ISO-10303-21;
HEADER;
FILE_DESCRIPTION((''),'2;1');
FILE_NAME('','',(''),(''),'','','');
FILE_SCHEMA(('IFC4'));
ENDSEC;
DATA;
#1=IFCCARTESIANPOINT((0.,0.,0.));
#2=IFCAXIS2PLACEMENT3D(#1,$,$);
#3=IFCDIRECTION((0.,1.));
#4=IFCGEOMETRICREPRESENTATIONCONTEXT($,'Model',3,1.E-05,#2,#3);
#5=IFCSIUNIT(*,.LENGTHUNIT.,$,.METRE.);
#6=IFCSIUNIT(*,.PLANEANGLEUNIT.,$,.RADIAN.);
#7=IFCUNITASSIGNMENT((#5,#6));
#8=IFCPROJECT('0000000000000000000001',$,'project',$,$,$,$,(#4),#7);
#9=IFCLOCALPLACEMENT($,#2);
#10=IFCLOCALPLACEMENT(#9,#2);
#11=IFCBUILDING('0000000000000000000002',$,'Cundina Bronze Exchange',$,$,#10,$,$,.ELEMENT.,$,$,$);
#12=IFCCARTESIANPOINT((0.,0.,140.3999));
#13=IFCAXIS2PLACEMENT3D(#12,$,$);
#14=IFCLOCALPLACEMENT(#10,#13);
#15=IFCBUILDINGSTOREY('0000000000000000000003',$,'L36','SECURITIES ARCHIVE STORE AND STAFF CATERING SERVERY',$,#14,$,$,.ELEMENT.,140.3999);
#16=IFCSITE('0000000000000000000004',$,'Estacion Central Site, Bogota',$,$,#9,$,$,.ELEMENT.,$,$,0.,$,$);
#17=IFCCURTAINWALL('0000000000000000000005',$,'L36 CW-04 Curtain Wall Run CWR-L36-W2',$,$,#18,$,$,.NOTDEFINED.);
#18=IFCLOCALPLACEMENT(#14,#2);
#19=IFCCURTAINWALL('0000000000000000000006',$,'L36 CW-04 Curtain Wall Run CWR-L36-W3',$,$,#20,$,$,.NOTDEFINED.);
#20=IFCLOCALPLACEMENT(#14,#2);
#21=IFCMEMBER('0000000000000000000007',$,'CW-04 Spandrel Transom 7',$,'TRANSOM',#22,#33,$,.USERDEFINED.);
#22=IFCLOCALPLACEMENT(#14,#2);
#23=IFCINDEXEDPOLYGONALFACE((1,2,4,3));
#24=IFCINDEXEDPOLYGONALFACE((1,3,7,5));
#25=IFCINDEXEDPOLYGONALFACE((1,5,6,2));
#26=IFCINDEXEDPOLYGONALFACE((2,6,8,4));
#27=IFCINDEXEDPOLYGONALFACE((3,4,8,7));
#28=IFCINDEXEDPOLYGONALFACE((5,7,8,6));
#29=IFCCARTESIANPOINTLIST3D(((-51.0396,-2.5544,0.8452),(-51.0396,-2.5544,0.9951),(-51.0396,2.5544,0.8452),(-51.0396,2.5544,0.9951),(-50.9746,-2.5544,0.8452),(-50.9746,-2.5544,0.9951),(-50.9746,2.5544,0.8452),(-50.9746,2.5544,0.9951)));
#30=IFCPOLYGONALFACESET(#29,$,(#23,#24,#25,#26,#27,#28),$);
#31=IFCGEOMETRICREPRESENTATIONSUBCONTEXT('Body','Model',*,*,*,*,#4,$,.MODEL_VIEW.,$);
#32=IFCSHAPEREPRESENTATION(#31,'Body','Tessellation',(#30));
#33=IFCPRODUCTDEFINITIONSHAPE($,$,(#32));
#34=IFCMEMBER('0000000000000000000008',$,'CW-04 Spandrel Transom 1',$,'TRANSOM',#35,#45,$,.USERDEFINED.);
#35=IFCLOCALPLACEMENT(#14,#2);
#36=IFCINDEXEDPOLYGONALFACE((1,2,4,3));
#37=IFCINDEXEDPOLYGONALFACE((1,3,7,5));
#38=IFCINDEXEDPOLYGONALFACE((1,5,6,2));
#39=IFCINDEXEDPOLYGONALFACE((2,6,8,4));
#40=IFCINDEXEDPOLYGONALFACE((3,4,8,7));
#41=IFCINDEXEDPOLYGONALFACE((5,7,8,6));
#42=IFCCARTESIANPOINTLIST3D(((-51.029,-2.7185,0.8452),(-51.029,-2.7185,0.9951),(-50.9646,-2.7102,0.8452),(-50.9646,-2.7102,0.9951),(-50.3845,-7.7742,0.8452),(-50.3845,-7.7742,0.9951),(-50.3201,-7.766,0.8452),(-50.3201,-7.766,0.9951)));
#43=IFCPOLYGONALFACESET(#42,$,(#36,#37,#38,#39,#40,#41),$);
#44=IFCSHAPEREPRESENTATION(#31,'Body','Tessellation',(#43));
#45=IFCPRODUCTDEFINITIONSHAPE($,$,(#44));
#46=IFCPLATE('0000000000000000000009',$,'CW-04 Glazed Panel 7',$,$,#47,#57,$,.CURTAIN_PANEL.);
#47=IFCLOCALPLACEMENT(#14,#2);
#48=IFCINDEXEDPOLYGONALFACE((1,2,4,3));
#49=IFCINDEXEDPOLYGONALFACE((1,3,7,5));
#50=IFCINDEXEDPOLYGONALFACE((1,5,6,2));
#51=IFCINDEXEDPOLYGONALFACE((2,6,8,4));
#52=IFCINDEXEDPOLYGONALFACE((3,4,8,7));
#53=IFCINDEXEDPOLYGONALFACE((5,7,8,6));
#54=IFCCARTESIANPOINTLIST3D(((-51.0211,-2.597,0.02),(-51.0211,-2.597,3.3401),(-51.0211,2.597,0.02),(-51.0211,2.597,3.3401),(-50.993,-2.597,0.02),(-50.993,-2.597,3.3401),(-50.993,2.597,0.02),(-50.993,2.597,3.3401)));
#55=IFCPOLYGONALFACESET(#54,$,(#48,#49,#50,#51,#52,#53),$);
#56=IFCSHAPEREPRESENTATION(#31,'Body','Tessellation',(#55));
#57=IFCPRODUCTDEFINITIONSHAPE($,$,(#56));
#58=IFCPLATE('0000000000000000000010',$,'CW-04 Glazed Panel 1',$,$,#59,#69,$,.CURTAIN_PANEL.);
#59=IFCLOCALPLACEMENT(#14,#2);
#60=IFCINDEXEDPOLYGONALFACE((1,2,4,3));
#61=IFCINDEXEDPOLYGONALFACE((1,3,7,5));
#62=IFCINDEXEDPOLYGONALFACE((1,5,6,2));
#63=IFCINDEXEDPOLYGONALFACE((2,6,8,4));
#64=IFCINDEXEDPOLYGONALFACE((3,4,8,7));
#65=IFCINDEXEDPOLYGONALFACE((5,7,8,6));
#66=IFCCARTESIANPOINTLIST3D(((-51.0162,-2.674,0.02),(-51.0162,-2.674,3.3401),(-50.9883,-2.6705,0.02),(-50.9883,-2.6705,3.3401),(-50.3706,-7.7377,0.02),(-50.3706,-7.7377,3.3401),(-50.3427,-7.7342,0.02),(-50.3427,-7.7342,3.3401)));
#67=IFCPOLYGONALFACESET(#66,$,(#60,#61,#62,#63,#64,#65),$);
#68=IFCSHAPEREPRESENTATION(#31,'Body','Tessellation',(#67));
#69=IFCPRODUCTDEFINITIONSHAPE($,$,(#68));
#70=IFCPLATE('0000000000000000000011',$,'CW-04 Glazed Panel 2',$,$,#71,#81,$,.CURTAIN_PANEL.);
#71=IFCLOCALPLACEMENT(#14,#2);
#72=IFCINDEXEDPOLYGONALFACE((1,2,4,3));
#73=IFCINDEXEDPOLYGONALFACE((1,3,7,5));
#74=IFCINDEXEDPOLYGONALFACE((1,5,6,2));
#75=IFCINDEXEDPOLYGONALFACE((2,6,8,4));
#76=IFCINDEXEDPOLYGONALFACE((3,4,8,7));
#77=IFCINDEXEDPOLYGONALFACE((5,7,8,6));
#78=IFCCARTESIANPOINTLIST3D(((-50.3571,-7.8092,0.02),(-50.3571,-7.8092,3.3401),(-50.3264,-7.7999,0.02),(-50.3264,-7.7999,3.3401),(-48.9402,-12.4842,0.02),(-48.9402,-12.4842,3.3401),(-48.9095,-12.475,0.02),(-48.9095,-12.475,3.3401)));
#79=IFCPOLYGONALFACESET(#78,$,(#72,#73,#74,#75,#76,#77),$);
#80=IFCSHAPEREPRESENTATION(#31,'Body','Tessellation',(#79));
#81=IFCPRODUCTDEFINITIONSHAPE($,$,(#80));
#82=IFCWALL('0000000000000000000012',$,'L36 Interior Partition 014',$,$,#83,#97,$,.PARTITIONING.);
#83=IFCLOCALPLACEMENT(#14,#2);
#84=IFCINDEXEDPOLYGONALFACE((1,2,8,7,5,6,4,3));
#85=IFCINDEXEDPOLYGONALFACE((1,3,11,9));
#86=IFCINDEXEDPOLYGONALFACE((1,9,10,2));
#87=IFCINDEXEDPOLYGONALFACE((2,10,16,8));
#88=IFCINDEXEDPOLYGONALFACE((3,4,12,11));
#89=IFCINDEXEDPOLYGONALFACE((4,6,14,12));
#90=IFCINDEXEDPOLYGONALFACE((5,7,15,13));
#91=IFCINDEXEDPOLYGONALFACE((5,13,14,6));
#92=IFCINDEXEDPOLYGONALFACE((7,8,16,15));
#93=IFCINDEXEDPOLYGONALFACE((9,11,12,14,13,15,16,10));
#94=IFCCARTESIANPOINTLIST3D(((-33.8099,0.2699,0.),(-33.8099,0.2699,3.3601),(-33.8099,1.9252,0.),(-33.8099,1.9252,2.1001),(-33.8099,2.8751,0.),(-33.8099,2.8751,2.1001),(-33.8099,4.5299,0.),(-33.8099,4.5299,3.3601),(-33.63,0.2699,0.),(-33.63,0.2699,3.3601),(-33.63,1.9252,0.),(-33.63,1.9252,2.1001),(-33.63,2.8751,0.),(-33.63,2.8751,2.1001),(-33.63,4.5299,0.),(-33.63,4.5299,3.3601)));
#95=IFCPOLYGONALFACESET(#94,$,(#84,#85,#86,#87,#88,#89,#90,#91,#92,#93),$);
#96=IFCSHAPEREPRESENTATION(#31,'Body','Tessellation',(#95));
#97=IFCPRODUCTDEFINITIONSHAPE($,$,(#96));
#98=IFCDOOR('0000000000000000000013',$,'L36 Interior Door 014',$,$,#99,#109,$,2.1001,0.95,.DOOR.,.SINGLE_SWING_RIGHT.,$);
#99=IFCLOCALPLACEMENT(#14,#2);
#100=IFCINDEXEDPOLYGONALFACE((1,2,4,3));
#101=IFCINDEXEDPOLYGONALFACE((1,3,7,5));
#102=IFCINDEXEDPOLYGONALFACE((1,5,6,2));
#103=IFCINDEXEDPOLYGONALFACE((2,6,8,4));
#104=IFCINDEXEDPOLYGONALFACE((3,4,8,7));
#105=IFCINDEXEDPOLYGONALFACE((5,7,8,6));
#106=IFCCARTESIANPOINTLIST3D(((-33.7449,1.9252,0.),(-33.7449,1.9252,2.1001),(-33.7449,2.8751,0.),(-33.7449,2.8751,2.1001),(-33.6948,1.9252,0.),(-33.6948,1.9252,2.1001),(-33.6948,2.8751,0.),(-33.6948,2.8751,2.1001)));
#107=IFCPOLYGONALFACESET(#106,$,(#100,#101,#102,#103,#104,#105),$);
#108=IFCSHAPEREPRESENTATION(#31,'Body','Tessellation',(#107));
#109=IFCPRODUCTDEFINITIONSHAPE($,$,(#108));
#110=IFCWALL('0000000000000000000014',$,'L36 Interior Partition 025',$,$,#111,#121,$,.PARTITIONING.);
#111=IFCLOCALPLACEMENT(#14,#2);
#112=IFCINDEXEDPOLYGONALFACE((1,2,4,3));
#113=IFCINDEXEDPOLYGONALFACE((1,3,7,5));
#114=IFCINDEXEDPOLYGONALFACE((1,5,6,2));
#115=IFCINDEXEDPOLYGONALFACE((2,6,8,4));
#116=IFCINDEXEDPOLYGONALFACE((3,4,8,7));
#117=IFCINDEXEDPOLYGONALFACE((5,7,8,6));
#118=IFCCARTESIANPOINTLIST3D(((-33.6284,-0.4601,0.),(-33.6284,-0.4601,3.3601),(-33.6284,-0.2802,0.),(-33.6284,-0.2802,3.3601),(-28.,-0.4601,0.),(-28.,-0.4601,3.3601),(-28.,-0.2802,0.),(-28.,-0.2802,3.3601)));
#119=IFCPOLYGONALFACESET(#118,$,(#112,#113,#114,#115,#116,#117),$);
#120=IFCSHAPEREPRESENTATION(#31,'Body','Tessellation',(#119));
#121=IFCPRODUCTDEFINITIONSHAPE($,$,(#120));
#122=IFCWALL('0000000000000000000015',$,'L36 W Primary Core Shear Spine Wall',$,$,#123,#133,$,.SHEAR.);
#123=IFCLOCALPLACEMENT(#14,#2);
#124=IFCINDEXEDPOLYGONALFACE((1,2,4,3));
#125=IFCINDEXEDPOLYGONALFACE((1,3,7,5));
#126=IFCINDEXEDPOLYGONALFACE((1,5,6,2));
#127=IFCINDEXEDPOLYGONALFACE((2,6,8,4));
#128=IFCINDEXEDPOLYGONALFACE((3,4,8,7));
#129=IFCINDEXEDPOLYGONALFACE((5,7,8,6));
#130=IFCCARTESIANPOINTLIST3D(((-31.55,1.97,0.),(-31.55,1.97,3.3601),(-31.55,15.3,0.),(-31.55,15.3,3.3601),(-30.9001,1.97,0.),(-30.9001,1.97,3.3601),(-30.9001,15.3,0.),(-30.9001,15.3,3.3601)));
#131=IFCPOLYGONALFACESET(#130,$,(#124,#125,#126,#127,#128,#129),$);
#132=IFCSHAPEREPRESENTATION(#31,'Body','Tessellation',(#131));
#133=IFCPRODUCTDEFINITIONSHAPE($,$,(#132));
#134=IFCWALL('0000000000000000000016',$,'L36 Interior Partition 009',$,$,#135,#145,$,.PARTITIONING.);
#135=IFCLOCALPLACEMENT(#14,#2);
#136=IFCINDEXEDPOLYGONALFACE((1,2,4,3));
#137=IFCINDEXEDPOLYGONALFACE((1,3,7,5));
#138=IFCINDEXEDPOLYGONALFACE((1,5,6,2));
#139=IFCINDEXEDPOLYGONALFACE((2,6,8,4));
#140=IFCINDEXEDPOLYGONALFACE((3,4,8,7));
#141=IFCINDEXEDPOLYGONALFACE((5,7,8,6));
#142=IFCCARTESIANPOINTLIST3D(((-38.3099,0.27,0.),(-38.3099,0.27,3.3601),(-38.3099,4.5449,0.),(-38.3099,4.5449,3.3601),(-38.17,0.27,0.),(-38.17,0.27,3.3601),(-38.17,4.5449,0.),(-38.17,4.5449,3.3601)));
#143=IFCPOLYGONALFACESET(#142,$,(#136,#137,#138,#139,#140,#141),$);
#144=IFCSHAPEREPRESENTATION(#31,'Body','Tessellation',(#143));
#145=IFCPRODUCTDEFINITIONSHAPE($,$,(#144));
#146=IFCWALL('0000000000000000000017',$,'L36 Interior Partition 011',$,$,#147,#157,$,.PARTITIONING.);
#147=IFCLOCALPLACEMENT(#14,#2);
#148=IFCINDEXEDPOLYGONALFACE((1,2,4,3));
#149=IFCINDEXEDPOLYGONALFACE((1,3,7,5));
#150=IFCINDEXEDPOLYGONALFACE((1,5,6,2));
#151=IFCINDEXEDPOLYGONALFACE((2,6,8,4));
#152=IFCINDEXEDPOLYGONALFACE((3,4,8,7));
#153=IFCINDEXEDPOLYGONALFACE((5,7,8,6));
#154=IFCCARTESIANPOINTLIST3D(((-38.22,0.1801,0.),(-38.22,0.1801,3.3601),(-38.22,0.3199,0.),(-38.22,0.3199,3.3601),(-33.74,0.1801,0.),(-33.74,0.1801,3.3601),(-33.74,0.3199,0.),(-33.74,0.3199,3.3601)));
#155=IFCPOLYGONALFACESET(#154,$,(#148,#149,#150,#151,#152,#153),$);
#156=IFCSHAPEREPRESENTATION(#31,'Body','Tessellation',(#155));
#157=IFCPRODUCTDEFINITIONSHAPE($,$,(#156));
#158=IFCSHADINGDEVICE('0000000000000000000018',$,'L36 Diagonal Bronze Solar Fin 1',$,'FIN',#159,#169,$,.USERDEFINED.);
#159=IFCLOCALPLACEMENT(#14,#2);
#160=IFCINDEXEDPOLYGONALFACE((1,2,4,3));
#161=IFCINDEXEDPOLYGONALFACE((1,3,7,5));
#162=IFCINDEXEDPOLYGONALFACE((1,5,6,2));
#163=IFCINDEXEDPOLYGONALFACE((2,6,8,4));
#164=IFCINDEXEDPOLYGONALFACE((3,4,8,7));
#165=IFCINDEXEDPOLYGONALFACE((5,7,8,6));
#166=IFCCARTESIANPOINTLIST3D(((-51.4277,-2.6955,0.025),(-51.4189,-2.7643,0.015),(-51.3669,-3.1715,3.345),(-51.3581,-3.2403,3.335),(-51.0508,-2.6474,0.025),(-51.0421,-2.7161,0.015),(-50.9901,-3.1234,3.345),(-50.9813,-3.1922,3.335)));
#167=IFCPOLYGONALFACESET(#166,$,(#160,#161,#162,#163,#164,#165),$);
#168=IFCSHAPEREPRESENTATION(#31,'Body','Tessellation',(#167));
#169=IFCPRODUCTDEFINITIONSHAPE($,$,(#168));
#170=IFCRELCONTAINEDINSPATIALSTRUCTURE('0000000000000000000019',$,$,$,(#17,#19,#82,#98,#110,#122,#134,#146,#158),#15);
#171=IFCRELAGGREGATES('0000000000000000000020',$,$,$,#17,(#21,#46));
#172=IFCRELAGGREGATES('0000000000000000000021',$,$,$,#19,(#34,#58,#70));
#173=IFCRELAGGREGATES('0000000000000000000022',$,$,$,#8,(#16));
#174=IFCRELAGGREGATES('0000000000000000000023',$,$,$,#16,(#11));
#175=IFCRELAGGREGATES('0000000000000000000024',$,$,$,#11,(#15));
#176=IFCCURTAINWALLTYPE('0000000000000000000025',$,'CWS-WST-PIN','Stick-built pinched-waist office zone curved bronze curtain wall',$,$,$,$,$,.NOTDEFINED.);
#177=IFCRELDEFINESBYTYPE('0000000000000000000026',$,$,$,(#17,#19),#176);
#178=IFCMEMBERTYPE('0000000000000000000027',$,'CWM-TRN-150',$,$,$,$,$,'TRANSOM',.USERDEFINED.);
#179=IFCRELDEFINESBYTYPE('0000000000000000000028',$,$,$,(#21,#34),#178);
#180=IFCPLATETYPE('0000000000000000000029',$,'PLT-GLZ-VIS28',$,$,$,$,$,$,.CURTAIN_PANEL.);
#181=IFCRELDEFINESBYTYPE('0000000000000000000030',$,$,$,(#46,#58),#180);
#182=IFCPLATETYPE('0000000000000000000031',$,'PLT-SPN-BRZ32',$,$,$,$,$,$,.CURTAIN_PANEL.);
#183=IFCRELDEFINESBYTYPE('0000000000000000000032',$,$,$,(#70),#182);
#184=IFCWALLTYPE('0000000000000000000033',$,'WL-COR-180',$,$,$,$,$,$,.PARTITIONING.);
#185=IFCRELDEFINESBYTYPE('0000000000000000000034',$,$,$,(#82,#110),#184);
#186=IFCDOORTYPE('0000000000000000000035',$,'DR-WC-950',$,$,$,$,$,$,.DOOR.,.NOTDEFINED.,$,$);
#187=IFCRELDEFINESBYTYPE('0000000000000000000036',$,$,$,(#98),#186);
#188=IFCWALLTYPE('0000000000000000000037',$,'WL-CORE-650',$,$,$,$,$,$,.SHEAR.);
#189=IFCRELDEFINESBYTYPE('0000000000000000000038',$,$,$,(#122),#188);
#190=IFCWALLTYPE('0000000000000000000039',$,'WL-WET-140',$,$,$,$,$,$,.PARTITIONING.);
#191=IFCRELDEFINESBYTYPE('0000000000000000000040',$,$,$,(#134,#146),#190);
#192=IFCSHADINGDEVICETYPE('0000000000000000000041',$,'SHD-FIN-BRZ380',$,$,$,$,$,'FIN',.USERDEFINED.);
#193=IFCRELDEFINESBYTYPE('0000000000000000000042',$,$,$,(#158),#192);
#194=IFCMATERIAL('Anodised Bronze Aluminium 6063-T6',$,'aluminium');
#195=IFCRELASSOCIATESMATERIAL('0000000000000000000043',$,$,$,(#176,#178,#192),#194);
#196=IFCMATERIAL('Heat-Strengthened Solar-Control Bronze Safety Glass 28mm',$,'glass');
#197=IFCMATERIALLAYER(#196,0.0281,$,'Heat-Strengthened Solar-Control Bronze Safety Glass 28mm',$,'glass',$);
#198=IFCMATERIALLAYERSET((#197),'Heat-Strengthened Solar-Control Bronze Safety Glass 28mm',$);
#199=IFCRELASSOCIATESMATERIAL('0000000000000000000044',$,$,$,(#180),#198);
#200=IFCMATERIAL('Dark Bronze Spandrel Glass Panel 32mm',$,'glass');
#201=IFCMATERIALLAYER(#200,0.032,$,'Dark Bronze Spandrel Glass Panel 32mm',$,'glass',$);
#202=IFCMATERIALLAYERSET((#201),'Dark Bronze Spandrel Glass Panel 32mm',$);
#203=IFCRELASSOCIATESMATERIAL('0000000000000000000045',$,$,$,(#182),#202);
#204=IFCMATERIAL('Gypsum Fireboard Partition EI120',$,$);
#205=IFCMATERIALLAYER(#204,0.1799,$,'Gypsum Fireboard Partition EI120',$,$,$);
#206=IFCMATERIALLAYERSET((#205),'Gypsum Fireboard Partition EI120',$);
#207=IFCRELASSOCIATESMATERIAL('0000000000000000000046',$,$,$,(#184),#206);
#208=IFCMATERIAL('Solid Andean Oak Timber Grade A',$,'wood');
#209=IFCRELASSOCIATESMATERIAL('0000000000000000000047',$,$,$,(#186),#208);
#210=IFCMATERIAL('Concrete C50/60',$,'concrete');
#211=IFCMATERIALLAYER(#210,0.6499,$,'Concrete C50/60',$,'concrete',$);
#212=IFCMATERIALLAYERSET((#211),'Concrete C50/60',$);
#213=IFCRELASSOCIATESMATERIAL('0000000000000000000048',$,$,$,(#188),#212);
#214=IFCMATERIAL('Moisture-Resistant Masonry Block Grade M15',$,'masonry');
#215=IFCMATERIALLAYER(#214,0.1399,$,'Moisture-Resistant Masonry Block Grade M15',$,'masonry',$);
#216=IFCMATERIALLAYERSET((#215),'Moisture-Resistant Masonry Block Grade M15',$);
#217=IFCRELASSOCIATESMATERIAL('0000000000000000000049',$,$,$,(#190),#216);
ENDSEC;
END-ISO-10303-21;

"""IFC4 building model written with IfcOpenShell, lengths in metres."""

from ifc_helpers import new_model, si_unit, direction, frame, frame_2d, origin, origin_2d, place, context, subcontext, project, spatial, rectangle, extrude, material, layer, layer_set, material_profile, profile_set, type_object, element, fill, aggregate, save


model = new_model("IFC4")

# Units and contexts
model_context = context("Model", 3, precision=1e-05, world=origin(), true_north=direction((0.0, 1.0)))
body_context = subcontext(model_context, "Body", "Model", "MODEL_VIEW")
ifc_project = project(units=[si_unit("LENGTHUNIT", "METRE"), si_unit("PLANEANGLEUNIT", "RADIAN")], contexts=[model_context])

# Site, building, storey
site_placement = place(None, origin())
site = spatial("IfcSite", under=ifc_project, at=site_placement, Name="Estacion Central Site, Bogota", CompositionType="ELEMENT", RefElevation=0.0)
building_placement = place(site_placement, origin())
building = spatial("IfcBuilding", under=site, at=building_placement, Name="Cundina Bronze Exchange", CompositionType="ELEMENT")
storey_placement = place(building_placement, frame((0.0, 0.0, 140.3999)))
storey = spatial("IfcBuildingStorey", under=building, at=storey_placement, Name="L36", Description="SECURITIES ARCHIVE STORE AND STAFF CATERING SERVERY", CompositionType="ELEMENT", Elevation=140.3999)

# Shared definitions
ifc_material_1 = material(Name="Concrete C50/60", Category="concrete")

# Curtain walls
ifc_material_2 = material(Name="Anodised Bronze Aluminium 6063-T6", Category="aluminium")
curtain_wall_type = type_object("IfcCurtainWallType", Name="CWS-WST-PIN", Description="Stick-built pinched-waist office zone curved bronze curtain wall", PredefinedType="NOTDEFINED", material=ifc_material_2)
curtain_wall_1_placement = place(storey_placement, origin())
curtain_wall_1 = element("IfcCurtainWall", 1, at=curtain_wall_1_placement, inside=storey, type_object=curtain_wall_type, Name="L36 CW-04 Curtain Wall Run CWR-L36-W2", PredefinedType="NOTDEFINED")
curtain_wall_2_placement = place(storey_placement, origin())
curtain_wall_2 = element("IfcCurtainWall", 2, at=curtain_wall_2_placement, inside=storey, type_object=curtain_wall_type, Name="L36 CW-04 Curtain Wall Run CWR-L36-W3", PredefinedType="NOTDEFINED")

# Members
ifc_material_profile_1 = material_profile(ifc_material_2, rectangle(XDim=0.0649, YDim=0.1499, at=origin_2d()), Name="AL65X150", Category="aluminium")
ifc_profile_set_1 = profile_set([ifc_material_profile_1], Name="Anodised Bronze Aluminium 6063-T6")
member_type_1 = type_object("IfcMemberType", Name="CWM-TRN-150", ElementType="TRANSOM", PredefinedType="USERDEFINED", material=ifc_profile_set_1)
member_1_placement = place(storey_placement, frame((-51.0071, 2.5544, 0.9202), z_axis=(0.0, -1.0, 0.0), x_axis=(1.0, 0.0, 0.0)))
member_1 = element("IfcMember", 3, at=member_1_placement, type_object=member_type_1, Name="CW-04 Spandrel Transom 7", ObjectType="TRANSOM", PredefinedType="USERDEFINED", context=body_context, shape_type="SweptSolid", body=[
    extrude(rectangle(XDim=0.0649, YDim=0.1499, at=origin_2d()), origin(), (0.0, 0.0, 1.0), 5.1089),
])
member_2_placement = place(storey_placement, frame((-50.9968, -2.7144, 0.9202), z_axis=(0.126463, -0.991971, 0.0), x_axis=(0.991971, 0.126463, 0.0)))
member_2 = element("IfcMember", 4, at=member_2_placement, type_object=member_type_1, Name="CW-04 Spandrel Transom 1", ObjectType="TRANSOM", PredefinedType="USERDEFINED", context=body_context, shape_type="SweptSolid", body=[
    extrude(rectangle(XDim=0.0649, YDim=0.1499, at=origin_2d()), origin(), (0.0, 0.0, 1.0), 5.0967),
])

# Plates
ifc_material_3 = material(Name="Heat-Strengthened Solar-Control Bronze Safety Glass 28mm", Category="glass")
ifc_layer_1 = layer(ifc_material_3, 0.0281, Name="Heat-Strengthened Solar-Control Bronze Safety Glass 28mm", Category="glass")
ifc_layer_set_1 = layer_set([ifc_layer_1], Name="Heat-Strengthened Solar-Control Bronze Safety Glass 28mm")
plate_type_1 = type_object("IfcPlateType", Name="PLT-GLZ-VIS28", PredefinedType="CURTAIN_PANEL", material=ifc_layer_set_1)
plate_1_placement = place(storey_placement, frame((-51.0071, 0.0, 0.02), z_axis=(0.0, 0.0, 1.0), x_axis=(0.0, -1.0, 0.0)))
plate_1 = element("IfcPlate", 5, at=plate_1_placement, type_object=plate_type_1, Name="CW-04 Glazed Panel 7", PredefinedType="CURTAIN_PANEL", context=body_context, shape_type="SweptSolid", body=[
    extrude(rectangle(XDim=5.1941, YDim=0.0281, at=origin_2d()), origin(), (0.0, 0.0, 1.0), 3.3201),
])
aggregate(curtain_wall_1, [member_1, plate_1])
plate_2_placement = place(storey_placement, frame((-50.6794, -5.2041, 0.02), z_axis=(0.0, 0.0, 1.0), x_axis=(0.126476, -0.99197, 0.0)))
plate_2 = element("IfcPlate", 6, at=plate_2_placement, type_object=plate_type_1, Name="CW-04 Glazed Panel 1", PredefinedType="CURTAIN_PANEL", context=body_context, shape_type="SweptSolid", body=[
    extrude(rectangle(XDim=5.1047, YDim=0.0281, at=origin_2d()), origin(), (0.0, 0.0, 1.0), 3.3201),
])
ifc_material_4 = material(Name="Dark Bronze Spandrel Glass Panel 32mm", Category="glass")
ifc_layer_2 = layer(ifc_material_4, 0.032, Name="Dark Bronze Spandrel Glass Panel 32mm", Category="glass")
ifc_layer_set_2 = layer_set([ifc_layer_2], Name="Dark Bronze Spandrel Glass Panel 32mm")
plate_type_2 = type_object("IfcPlateType", Name="PLT-SPN-BRZ32", PredefinedType="CURTAIN_PANEL", material=ifc_layer_set_2)
plate_3_placement = place(storey_placement, frame((-49.6333, -10.1421, 0.02), z_axis=(0.0, 0.0, 1.0), x_axis=(0.290051, -0.957011, 0.0)))
plate_3 = element("IfcPlate", 7, at=plate_3_placement, type_object=plate_type_2, Name="CW-04 Glazed Panel 2", PredefinedType="CURTAIN_PANEL", context=body_context, shape_type="SweptSolid", body=[
    extrude(rectangle(XDim=4.885, YDim=0.032, at=origin_2d()), origin(), (0.0, 0.0, 1.0), 3.3201),
])
aggregate(curtain_wall_2, [member_2, plate_2, plate_3])

# Wall, opening, door
ifc_material_5 = material(Name="Gypsum Fireboard Partition EI120")
ifc_layer_3 = layer(ifc_material_5, 0.1799, Name="Gypsum Fireboard Partition EI120")
ifc_layer_set_3 = layer_set([ifc_layer_3], Name="Gypsum Fireboard Partition EI120")
wall_type_1 = type_object("IfcWallType", Name="WL-COR-180", PredefinedType="PARTITIONING", material=ifc_layer_set_3)
wall_1_placement = place(storey_placement, frame((-33.72, 0.27, 0.0), z_axis=(0.0, 0.0, 1.0), x_axis=(0.0, 1.0, 0.0)))
wall_1 = element("IfcWall", 8, at=wall_1_placement, inside=storey, type_object=wall_type_1, Name="L36 Interior Partition 014", PredefinedType="PARTITIONING", context=body_context, shape_type="SweptSolid", body=[
    extrude(rectangle(XDim=4.26, YDim=0.1799, at=frame_2d((2.1299, 0.0))), origin(), (0.0, 0.0, 1.0), 3.3601),
])
opening_1_placement = place(wall_1_placement, frame((1.655, 0.0, 0.0)))
opening_1 = element("IfcOpeningElement", 9, at=opening_1_placement, cuts=wall_1, PredefinedType="OPENING", context=body_context, shape_type="SweptSolid", body=[
    extrude(rectangle(XDim=0.95, YDim=2.1001, at=frame_2d((0.4751, 1.05))), frame((0.0, 0.0999, 0.0), z_axis=(0.0, -1.0, 0.0), x_axis=(1.0, 0.0, 0.0)), (0.0, 0.0, 1.0), 0.2),
])
ifc_material_6 = material(Name="Solid Andean Oak Timber Grade A", Category="wood")
door_type_1 = type_object("IfcDoorType", Name="DR-WC-950", OperationType="NOTDEFINED", PredefinedType="DOOR", material=ifc_material_6)
door_1_placement = place(opening_1_placement, origin())
door_1 = element("IfcDoor", 10, at=door_1_placement, inside=storey, type_object=door_type_1, Name="L36 Interior Door 014", OperationType="SINGLE_SWING_RIGHT", OverallHeight=2.1001, OverallWidth=0.95, PredefinedType="DOOR", context=body_context, shape_type="SweptSolid", body=[
    extrude(rectangle(XDim=0.95, YDim=2.1001, at=frame_2d((0.4751, 1.05))), frame((0.0, 0.0249, 0.0), z_axis=(0.0, -1.0, 0.0), x_axis=(1.0, 0.0, 0.0)), (0.0, 0.0, 1.0), 0.05),
])
fill(opening_1, door_1)

# Walls
wall_2_placement = place(storey_placement, frame((-33.6284, -0.3701, 0.0), z_axis=(0.0, 0.0, 1.0), x_axis=(1.0, 0.0, 0.0)))
element("IfcWall", 11, at=wall_2_placement, inside=storey, type_object=wall_type_1, Name="L36 Interior Partition 025", PredefinedType="PARTITIONING", context=body_context, shape_type="SweptSolid", body=[
    extrude(rectangle(XDim=5.6284, YDim=0.1799, at=frame_2d((2.8142, 0.0))), origin(), (0.0, 0.0, 1.0), 3.3601),
])
ifc_layer_4 = layer(ifc_material_1, 0.6499, Name="Concrete C50/60", Category="concrete")
ifc_layer_set_4 = layer_set([ifc_layer_4], Name="Concrete C50/60")
wall_type_2 = type_object("IfcWallType", Name="WL-CORE-650", PredefinedType="SHEAR", material=ifc_layer_set_4)
wall_3_placement = place(storey_placement, frame((-31.2251, 1.97, 0.0), z_axis=(0.0, 0.0, 1.0), x_axis=(0.0, 1.0, 0.0)))
element("IfcWall", 12, at=wall_3_placement, inside=storey, type_object=wall_type_2, Name="L36 W Primary Core Shear Spine Wall", PredefinedType="SHEAR", context=body_context, shape_type="SweptSolid", body=[
    extrude(rectangle(XDim=13.3301, YDim=0.6499, at=frame_2d((6.665, 0.0))), origin(), (0.0, 0.0, 1.0), 3.3601),
])
ifc_material_7 = material(Name="Moisture-Resistant Masonry Block Grade M15", Category="masonry")
ifc_layer_5 = layer(ifc_material_7, 0.1399, Name="Moisture-Resistant Masonry Block Grade M15", Category="masonry")
ifc_layer_set_5 = layer_set([ifc_layer_5], Name="Moisture-Resistant Masonry Block Grade M15")
wall_type_3 = type_object("IfcWallType", Name="WL-WET-140", PredefinedType="PARTITIONING", material=ifc_layer_set_5)
wall_4_placement = place(storey_placement, frame((-38.24, 0.27, 0.0), z_axis=(0.0, 0.0, 1.0), x_axis=(0.0, 1.0, 0.0)))
element("IfcWall", 13, at=wall_4_placement, inside=storey, type_object=wall_type_3, Name="L36 Interior Partition 009", PredefinedType="PARTITIONING", context=body_context, shape_type="SweptSolid", body=[
    extrude(rectangle(XDim=4.2749, YDim=0.1399, at=frame_2d((2.1375, 0.0))), origin(), (0.0, 0.0, 1.0), 3.3601),
])
wall_5_placement = place(storey_placement, frame((-38.22, 0.25, 0.0), z_axis=(0.0, 0.0, 1.0), x_axis=(1.0, 0.0, 0.0)))
element("IfcWall", 14, at=wall_5_placement, inside=storey, type_object=wall_type_3, Name="L36 Interior Partition 011", PredefinedType="PARTITIONING", context=body_context, shape_type="SweptSolid", body=[
    extrude(rectangle(XDim=4.48, YDim=0.1399, at=frame_2d((2.24, 0.0))), origin(), (0.0, 0.0, 1.0), 3.3601),
])

# Shading device
ifc_material_profile_2 = material_profile(ifc_material_2, rectangle(XDim=0.0701, YDim=0.3799, at=origin_2d()), Name="FIN70X380", Category="aluminium")
ifc_profile_set_2 = profile_set([ifc_material_profile_2], Name="Anodised Bronze Aluminium 6063-T6")
shading_device_type = type_object("IfcShadingDeviceType", Name="SHD-FIN-BRZ380", ElementType="FIN", PredefinedType="USERDEFINED", material=ifc_profile_set_2)
shading_device_placement = place(storey_placement, frame((-51.2349, -2.7058, 0.02), z_axis=(0.018122, -0.141918, 0.989713), x_axis=(-0.125361, 0.981741, 0.14307)))
element("IfcShadingDevice", 15, at=shading_device_placement, inside=storey, type_object=shading_device_type, Name="L36 Diagonal Bronze Solar Fin 1", ObjectType="FIN", PredefinedType="USERDEFINED", context=body_context, shape_type="SweptSolid", body=[
    extrude(rectangle(XDim=0.0701, YDim=0.3799, at=origin_2d()), origin(), (0.0, 0.0, 1.0), 3.3545),
])

save(model, "model.ifc")
